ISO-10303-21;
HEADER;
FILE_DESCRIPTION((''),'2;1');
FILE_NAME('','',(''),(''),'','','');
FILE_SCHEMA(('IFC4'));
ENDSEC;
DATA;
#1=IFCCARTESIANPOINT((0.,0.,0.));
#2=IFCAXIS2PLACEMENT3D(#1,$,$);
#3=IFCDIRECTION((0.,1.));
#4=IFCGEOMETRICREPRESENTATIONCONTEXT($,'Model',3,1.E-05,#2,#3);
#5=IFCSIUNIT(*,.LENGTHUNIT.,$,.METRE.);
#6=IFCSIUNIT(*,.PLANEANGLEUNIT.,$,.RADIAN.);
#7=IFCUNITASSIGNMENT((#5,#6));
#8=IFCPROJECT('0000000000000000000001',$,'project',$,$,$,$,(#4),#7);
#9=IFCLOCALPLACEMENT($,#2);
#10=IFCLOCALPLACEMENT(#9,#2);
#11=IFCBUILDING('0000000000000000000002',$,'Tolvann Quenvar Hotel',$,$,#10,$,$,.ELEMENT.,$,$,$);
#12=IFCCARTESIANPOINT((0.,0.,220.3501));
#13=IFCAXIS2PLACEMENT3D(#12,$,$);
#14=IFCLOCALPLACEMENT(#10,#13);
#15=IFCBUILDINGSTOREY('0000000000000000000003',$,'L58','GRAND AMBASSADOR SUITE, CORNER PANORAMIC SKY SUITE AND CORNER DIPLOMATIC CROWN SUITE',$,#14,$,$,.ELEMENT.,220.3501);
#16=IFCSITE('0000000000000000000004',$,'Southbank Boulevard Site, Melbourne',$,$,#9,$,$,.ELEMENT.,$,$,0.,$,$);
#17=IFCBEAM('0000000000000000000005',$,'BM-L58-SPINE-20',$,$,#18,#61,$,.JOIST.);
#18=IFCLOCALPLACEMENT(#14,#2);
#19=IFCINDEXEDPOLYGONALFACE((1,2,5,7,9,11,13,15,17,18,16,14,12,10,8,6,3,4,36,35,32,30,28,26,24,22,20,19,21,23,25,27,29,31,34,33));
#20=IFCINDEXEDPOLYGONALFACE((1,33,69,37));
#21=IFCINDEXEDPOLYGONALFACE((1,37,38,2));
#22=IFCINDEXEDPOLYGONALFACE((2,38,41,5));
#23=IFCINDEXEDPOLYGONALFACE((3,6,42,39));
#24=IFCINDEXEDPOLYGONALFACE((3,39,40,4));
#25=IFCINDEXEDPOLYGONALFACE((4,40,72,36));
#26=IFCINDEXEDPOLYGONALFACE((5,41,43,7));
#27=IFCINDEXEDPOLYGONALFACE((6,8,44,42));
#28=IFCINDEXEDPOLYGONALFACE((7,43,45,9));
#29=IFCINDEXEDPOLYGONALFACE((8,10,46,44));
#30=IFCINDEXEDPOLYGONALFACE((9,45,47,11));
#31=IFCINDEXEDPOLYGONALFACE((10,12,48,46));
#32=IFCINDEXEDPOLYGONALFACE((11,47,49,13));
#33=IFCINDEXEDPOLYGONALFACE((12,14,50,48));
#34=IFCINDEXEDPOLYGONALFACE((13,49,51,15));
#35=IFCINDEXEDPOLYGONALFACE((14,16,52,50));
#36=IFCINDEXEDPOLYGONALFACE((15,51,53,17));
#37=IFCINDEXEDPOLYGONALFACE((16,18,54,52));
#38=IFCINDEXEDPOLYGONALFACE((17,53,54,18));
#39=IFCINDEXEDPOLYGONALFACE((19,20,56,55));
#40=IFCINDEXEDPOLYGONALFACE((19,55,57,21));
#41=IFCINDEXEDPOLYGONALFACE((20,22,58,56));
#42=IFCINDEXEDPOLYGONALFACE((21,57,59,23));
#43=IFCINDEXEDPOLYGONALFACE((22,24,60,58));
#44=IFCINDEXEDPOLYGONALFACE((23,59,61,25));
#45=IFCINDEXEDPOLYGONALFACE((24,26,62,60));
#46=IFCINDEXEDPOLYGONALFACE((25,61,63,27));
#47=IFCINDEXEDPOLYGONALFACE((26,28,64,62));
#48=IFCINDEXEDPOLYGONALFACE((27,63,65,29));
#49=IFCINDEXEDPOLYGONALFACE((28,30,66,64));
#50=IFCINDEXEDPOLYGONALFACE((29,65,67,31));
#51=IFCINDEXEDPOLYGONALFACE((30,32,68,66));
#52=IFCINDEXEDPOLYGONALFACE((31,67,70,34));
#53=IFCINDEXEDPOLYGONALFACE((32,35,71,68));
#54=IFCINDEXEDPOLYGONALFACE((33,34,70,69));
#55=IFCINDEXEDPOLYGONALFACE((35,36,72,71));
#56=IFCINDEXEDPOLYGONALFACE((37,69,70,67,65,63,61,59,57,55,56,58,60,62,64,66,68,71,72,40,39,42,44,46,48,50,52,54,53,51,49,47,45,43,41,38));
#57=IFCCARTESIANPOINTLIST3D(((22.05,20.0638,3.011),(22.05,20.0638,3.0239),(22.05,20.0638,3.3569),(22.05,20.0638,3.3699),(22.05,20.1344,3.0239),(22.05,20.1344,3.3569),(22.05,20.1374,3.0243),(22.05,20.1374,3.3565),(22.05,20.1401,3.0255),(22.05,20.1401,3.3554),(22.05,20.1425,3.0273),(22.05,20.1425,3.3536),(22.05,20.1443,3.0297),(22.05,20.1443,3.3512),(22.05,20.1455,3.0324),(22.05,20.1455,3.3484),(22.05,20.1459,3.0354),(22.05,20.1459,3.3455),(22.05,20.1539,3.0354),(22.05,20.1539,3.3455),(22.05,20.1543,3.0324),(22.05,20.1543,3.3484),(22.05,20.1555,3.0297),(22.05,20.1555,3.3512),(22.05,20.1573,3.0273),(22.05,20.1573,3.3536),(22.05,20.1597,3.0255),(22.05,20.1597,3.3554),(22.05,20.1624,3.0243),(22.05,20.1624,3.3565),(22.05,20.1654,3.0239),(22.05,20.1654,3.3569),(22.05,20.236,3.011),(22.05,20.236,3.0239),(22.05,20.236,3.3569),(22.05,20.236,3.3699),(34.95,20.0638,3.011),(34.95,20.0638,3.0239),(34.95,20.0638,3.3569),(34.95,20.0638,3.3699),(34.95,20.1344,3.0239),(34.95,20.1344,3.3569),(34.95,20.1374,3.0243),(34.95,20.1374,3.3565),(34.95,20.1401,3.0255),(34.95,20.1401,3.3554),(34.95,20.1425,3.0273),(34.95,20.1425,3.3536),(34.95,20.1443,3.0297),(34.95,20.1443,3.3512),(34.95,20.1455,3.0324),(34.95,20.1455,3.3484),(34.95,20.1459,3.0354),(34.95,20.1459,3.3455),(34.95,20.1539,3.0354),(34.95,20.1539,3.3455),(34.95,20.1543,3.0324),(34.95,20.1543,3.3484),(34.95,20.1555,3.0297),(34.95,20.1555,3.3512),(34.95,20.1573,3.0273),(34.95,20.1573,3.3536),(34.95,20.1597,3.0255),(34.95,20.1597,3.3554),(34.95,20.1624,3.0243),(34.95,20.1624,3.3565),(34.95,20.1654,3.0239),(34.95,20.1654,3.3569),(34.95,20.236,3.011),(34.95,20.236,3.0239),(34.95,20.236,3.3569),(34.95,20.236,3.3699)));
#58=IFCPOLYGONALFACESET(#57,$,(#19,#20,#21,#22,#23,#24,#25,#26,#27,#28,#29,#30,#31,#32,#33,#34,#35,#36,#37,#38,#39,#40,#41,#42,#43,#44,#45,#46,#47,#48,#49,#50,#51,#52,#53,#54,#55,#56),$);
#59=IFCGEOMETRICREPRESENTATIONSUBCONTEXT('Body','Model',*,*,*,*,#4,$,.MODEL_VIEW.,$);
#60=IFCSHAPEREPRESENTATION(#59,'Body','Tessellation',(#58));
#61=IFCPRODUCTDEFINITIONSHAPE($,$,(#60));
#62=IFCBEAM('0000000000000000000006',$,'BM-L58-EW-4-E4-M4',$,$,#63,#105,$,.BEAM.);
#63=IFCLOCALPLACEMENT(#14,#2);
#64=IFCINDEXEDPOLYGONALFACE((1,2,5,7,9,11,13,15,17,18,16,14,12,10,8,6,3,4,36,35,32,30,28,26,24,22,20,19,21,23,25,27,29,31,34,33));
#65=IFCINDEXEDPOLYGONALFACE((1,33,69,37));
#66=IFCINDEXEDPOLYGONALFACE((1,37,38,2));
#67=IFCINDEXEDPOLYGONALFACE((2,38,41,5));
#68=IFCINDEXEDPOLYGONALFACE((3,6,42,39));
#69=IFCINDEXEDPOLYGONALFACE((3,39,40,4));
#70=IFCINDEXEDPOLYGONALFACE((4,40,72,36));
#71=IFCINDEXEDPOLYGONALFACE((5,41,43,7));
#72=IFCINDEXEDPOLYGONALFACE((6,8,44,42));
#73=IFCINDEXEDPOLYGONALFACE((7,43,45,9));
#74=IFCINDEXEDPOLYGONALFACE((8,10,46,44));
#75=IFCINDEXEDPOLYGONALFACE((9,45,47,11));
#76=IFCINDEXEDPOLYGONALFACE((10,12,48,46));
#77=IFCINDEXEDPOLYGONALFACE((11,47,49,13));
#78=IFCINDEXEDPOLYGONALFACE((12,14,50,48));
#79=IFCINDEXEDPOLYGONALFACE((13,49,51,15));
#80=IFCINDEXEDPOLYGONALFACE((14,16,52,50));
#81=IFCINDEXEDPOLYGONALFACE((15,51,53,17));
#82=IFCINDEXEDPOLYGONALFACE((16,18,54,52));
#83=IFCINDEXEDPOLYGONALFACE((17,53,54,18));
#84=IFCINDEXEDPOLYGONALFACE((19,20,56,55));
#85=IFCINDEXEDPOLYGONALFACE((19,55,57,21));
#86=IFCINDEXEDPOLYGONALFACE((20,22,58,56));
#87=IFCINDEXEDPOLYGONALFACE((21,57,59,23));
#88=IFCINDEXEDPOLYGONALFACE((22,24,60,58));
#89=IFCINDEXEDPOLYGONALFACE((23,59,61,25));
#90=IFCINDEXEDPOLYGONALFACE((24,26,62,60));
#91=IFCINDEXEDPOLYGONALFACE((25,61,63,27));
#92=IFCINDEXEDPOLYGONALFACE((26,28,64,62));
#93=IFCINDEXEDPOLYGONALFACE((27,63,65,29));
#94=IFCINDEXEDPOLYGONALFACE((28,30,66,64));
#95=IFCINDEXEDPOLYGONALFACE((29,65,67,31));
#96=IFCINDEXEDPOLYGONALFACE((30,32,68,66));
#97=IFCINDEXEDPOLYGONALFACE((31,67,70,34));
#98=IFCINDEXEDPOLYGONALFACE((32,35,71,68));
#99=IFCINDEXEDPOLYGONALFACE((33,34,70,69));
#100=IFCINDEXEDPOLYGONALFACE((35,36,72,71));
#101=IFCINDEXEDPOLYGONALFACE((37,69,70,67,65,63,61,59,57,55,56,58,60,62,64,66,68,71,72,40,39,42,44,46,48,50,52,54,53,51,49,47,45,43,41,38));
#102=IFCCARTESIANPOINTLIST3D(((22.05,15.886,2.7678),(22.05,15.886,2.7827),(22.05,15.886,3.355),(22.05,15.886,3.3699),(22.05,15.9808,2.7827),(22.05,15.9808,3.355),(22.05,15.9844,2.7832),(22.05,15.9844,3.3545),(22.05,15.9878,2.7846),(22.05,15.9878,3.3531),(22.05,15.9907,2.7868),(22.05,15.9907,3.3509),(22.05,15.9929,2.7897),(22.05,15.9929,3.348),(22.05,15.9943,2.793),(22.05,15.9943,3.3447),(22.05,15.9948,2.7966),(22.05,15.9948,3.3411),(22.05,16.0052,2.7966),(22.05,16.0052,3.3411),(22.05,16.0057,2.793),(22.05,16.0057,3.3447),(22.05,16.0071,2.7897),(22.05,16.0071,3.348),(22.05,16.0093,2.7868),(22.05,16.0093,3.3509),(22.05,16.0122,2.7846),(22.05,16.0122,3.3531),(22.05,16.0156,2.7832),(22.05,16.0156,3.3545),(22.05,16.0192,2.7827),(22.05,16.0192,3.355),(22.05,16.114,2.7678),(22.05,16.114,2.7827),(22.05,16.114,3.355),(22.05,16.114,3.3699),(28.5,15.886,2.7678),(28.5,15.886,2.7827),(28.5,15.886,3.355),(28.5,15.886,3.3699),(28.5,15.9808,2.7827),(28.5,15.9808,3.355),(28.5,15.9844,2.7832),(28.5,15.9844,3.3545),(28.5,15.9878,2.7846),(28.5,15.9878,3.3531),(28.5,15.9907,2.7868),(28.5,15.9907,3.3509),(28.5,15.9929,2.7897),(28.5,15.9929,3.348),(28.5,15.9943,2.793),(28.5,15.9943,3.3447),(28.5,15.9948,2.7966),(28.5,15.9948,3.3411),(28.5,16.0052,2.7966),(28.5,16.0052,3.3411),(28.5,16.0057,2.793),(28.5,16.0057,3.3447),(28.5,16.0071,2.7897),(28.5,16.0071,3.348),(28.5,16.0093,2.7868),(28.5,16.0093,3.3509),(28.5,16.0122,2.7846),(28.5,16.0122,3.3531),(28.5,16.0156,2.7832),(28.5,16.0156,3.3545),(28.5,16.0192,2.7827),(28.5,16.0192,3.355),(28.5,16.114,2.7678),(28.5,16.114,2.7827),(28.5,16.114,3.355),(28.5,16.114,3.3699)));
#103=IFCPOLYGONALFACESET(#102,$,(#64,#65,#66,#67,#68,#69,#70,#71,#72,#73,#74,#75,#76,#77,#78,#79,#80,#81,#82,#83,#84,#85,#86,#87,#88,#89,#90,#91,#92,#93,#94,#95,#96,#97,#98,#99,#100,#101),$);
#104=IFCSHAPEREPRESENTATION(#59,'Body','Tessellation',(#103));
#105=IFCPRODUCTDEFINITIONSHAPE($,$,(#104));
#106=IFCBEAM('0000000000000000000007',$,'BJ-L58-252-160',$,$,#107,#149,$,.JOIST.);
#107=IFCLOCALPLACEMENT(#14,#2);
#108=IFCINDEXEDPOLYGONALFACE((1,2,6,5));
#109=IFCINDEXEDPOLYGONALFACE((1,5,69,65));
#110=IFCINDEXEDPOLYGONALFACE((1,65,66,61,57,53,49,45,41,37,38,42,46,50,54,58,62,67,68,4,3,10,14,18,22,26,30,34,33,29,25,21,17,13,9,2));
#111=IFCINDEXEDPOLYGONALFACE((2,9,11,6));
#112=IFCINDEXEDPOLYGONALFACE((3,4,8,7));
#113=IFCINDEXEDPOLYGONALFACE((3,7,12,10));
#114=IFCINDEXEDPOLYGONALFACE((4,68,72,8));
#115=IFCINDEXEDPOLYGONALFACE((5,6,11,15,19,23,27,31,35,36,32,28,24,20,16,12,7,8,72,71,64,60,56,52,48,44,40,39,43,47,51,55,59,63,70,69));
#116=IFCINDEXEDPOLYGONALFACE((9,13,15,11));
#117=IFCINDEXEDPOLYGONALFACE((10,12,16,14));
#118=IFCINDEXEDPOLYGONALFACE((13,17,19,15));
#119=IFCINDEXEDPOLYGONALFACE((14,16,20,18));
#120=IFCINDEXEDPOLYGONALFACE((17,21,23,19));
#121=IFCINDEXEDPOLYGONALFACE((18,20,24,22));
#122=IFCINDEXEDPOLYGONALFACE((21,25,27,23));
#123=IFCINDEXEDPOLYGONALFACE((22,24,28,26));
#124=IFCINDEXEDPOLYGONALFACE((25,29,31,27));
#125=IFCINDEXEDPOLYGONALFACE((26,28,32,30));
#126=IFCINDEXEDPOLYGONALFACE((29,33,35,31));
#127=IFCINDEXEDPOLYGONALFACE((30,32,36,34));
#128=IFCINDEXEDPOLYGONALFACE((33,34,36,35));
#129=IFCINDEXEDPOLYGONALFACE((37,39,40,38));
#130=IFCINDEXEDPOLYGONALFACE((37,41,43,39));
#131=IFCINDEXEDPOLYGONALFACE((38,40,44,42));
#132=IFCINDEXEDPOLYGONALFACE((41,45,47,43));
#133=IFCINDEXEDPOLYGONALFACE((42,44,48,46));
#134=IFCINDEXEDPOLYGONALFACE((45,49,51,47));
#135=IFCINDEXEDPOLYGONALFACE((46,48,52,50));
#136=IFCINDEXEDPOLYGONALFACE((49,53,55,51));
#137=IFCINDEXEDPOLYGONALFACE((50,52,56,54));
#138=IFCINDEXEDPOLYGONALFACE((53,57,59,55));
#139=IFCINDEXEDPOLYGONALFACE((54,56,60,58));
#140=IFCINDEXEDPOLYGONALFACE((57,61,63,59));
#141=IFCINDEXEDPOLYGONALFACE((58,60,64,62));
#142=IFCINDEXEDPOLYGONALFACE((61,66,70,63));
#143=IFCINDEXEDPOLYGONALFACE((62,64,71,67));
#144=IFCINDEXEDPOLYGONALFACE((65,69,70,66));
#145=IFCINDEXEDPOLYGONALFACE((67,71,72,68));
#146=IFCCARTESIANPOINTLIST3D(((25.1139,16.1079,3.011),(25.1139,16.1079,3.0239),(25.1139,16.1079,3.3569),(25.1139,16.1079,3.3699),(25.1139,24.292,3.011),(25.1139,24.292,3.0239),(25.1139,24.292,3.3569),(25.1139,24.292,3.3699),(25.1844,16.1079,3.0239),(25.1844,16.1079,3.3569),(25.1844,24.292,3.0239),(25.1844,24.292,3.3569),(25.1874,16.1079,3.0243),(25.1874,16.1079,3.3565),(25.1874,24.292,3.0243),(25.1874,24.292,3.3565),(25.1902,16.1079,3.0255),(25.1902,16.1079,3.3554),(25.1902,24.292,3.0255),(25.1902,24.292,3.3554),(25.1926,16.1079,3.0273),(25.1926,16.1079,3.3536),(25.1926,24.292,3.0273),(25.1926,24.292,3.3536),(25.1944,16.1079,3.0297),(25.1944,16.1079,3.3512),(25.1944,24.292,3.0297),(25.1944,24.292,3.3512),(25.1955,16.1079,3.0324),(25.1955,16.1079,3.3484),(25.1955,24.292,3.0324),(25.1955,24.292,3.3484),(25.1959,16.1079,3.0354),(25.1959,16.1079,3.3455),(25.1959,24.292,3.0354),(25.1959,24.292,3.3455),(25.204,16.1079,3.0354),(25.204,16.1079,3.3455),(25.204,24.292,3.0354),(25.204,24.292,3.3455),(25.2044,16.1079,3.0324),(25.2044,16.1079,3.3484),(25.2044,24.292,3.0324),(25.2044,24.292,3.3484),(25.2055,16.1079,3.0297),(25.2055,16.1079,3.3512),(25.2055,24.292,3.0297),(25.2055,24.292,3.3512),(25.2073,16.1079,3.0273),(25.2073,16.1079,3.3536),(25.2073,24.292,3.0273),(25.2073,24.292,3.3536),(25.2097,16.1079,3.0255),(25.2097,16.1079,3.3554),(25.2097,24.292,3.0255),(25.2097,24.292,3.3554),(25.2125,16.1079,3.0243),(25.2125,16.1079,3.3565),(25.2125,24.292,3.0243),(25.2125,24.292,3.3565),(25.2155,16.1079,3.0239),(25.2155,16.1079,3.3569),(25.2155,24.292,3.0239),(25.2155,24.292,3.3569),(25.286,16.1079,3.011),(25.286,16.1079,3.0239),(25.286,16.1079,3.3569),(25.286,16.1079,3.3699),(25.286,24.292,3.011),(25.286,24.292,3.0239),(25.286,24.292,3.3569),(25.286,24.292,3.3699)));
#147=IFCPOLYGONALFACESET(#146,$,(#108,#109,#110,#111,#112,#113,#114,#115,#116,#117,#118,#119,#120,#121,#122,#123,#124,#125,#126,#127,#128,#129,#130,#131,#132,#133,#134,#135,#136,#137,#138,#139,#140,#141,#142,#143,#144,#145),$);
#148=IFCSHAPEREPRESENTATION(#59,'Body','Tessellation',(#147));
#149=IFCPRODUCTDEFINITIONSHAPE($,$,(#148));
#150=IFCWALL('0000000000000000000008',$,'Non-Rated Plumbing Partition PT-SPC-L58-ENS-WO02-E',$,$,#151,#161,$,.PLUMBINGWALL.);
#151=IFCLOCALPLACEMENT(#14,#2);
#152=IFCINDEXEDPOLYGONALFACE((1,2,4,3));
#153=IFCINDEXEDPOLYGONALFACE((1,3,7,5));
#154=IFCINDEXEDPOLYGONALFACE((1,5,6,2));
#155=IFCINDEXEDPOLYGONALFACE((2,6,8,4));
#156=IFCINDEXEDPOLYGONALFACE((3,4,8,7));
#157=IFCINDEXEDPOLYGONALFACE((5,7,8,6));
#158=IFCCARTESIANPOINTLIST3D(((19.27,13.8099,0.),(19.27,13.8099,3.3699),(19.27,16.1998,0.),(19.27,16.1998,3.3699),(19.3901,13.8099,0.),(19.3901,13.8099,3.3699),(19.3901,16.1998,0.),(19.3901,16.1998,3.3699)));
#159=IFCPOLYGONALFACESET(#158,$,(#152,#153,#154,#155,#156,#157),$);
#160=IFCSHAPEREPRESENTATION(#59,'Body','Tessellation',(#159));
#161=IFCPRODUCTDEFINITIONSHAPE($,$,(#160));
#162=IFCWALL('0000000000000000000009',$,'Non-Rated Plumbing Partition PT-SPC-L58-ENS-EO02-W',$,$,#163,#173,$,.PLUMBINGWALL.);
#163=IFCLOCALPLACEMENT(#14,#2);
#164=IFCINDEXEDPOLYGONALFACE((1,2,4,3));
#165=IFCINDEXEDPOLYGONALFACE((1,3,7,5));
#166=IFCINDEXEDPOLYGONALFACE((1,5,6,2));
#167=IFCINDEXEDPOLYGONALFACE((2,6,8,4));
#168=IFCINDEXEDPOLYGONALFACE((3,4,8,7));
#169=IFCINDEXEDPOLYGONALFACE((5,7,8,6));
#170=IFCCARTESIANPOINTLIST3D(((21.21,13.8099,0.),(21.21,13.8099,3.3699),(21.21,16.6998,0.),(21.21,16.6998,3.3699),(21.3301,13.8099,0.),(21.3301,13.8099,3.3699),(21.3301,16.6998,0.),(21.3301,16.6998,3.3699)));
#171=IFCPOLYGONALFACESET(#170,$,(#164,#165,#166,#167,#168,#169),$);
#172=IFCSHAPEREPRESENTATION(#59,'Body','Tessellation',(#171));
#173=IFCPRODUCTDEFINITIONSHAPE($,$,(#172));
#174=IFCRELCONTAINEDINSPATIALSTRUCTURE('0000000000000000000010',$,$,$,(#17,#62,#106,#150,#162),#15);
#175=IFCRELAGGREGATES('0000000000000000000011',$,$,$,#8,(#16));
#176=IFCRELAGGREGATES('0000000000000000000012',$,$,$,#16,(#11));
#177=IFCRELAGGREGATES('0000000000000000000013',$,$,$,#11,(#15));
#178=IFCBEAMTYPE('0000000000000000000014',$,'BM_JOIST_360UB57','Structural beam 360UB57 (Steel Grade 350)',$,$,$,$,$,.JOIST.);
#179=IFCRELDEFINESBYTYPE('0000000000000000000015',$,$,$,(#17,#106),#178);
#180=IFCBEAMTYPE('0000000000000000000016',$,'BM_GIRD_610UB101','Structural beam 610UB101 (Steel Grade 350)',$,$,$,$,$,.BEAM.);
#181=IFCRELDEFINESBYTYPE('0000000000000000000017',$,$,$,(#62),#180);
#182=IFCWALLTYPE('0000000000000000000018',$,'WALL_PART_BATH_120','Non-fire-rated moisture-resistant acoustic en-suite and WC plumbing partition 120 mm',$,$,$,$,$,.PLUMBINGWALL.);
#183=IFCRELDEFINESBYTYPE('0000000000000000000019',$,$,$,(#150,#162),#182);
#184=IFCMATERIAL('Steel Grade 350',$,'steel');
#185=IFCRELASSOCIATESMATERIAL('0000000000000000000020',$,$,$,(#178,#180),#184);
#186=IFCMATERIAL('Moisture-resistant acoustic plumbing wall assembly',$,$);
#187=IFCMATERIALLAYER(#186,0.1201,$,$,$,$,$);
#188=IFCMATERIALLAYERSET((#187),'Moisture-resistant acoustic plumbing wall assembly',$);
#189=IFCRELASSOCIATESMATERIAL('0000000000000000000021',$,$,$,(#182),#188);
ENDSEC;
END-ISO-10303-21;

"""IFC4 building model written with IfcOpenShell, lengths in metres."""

from ifc_helpers import new_model, si_unit, direction, frame, frame_2d, origin, origin_2d, place, context, subcontext, project, spatial, rectangle, i_section, extrude, source, transform, mapped, material, layer, layer_set, material_profile, profile_set, type_object, type_shapes, element, save


model = new_model("IFC4")

# Units and contexts
model_context = context("Model", 3, precision=1e-05, world=origin(), true_north=direction((0.0, 1.0)))
body_context = subcontext(model_context, "Body", "Model", "MODEL_VIEW")
ifc_project = project(units=[si_unit("LENGTHUNIT", "METRE"), si_unit("PLANEANGLEUNIT", "RADIAN")], contexts=[model_context])

# Site, building, storey
site_placement = place(None, origin())
site = spatial("IfcSite", under=ifc_project, at=site_placement, Name="Southbank Boulevard Site, Melbourne", CompositionType="ELEMENT", RefElevation=0.0)
building_placement = place(site_placement, origin())
building = spatial("IfcBuilding", under=site, at=building_placement, Name="Tolvann Quenvar Hotel", CompositionType="ELEMENT")
storey_placement = place(building_placement, frame((0.0, 0.0, 220.3501)))
storey = spatial("IfcBuildingStorey", under=building, at=storey_placement, Name="L58", Description="GRAND AMBASSADOR SUITE, CORNER PANORAMIC SKY SUITE AND CORNER DIPLOMATIC CROWN SUITE", CompositionType="ELEMENT", Elevation=220.3501)

# Shared definitions
ifc_material_1 = material(Name="Steel Grade 350", Category="steel")

# Beams
ifc_material_profile_1 = material_profile(ifc_material_1, i_section(OverallWidth=0.1721, OverallDepth=0.3589, WebThickness=0.0081, FlangeThickness=0.0129, FilletRadius=0.0115, at=origin_2d()), Name="360UB57")
ifc_profile_set_1 = profile_set([ifc_material_profile_1], Name="Steel Grade 350")
beam_type_1 = type_object("IfcBeamType", Name="BM_JOIST_360UB57", Description="Structural beam 360UB57 (Steel Grade 350)", PredefinedType="JOIST", material=ifc_profile_set_1)
shared_shape_1 = source(origin(), body_context, "Body", "SweptSolid", [
    extrude(i_section(OverallWidth=0.1721, OverallDepth=0.3589, WebThickness=0.0081, FlangeThickness=0.0129, FilletRadius=0.0115, at=origin_2d()), origin(), (0.0, 0.0, 1.0), 12.8999),
])
beam_1_placement = place(storey_placement, frame((22.05, 20.1499, 3.1904), z_axis=(1.0, 0.0, 0.0), x_axis=(0.0, 1.0, 0.0)))
element("IfcBeam", 1, at=beam_1_placement, inside=storey, type_object=beam_type_1, Name="BM-L58-SPINE-20", PredefinedType="JOIST", context=body_context, shape_type="MappedRepresentation", body=[
    mapped(shared_shape_1, transform((0.0, 0.0, 0.0), x_axis=(1.0, 0.0, 0.0), y_axis=(0.0, 1.0, 0.0), z_axis=(0.0, 0.0, 1.0), scale=1.0)),
])
ifc_material_profile_2 = material_profile(ifc_material_1, i_section(OverallWidth=0.228, OverallDepth=0.6021, WebThickness=0.0105, FlangeThickness=0.0149, FilletRadius=0.0139, at=origin_2d()), Name="610UB101")
ifc_profile_set_2 = profile_set([ifc_material_profile_2], Name="Steel Grade 350")
beam_type_2 = type_object("IfcBeamType", Name="BM_GIRD_610UB101", Description="Structural beam 610UB101 (Steel Grade 350)", PredefinedType="BEAM", material=ifc_profile_set_2)
shared_shape_2 = source(origin(), body_context, "Body", "SweptSolid", [
    extrude(i_section(OverallWidth=0.228, OverallDepth=0.6021, WebThickness=0.0105, FlangeThickness=0.0149, FilletRadius=0.0139, at=origin_2d()), origin(), (0.0, 0.0, 1.0), 6.45),
])
type_shapes(beam_type_2, [shared_shape_2])
beam_2_placement = place(storey_placement, frame((22.05, 16.0, 3.0688), z_axis=(1.0, 0.0, 0.0), x_axis=(0.0, 1.0, 0.0)))
element("IfcBeam", 2, at=beam_2_placement, inside=storey, type_object=beam_type_2, Name="BM-L58-EW-4-E4-M4", PredefinedType="BEAM", context=body_context, shape_type="MappedRepresentation", body=[
    mapped(shared_shape_2, transform((0.0, 0.0, 0.0), x_axis=(1.0, 0.0, 0.0), y_axis=(0.0, 1.0, 0.0), z_axis=(0.0, 0.0, 1.0), scale=1.0)),
])
shared_shape_3 = source(origin(), body_context, "Body", "SweptSolid", [
    extrude(i_section(OverallWidth=0.1721, OverallDepth=0.3589, WebThickness=0.0081, FlangeThickness=0.0129, FilletRadius=0.0115, at=origin_2d()), origin(), (0.0, 0.0, 1.0), 8.1841),
])
type_shapes(beam_type_1, [shared_shape_1, shared_shape_3])
beam_3_placement = place(storey_placement, frame((25.2, 16.1079, 3.1904), z_axis=(0.0, 1.0, 0.0), x_axis=(-1.0, 0.0, 0.0)))
element("IfcBeam", 3, at=beam_3_placement, inside=storey, type_object=beam_type_1, Name="BJ-L58-252-160", PredefinedType="JOIST", context=body_context, shape_type="MappedRepresentation", body=[
    mapped(shared_shape_3, transform((0.0, 0.0, 0.0), x_axis=(1.0, 0.0, 0.0), y_axis=(0.0, 1.0, 0.0), z_axis=(0.0, 0.0, 1.0), scale=1.0)),
])

# Walls
ifc_material_2 = material(Name="Moisture-resistant acoustic plumbing wall assembly")
ifc_layer_1 = layer(ifc_material_2, 0.1201)
ifc_layer_set_1 = layer_set([ifc_layer_1], Name="Moisture-resistant acoustic plumbing wall assembly")
wall_type_1 = type_object("IfcWallType", Name="WALL_PART_BATH_120", Description="Non-fire-rated moisture-resistant acoustic en-suite and WC plumbing partition 120 mm", PredefinedType="PLUMBINGWALL", material=ifc_layer_set_1)
wall_1_placement = place(storey_placement, frame((19.3301, 13.8101, 0.0), z_axis=(0.0, 0.0, 1.0), x_axis=(0.0, 1.0, 0.0)))
element("IfcWall", 4, at=wall_1_placement, inside=storey, type_object=wall_type_1, Name="Non-Rated Plumbing Partition PT-SPC-L58-ENS-WO02-E", PredefinedType="PLUMBINGWALL", context=body_context, shape_type="SweptSolid", body=[
    extrude(rectangle(XDim=2.3899, YDim=0.1201, at=frame_2d((1.1948, 0.0))), origin(), (0.0, 0.0, 1.0), 3.3699),
])
wall_2_placement = place(storey_placement, frame((21.27, 13.8101, 0.0), z_axis=(0.0, 0.0, 1.0), x_axis=(0.0, 1.0, 0.0)))
element("IfcWall", 5, at=wall_2_placement, inside=storey, type_object=wall_type_1, Name="Non-Rated Plumbing Partition PT-SPC-L58-ENS-EO02-W", PredefinedType="PLUMBINGWALL", context=body_context, shape_type="SweptSolid", body=[
    extrude(rectangle(XDim=2.8899, YDim=0.1201, at=frame_2d((1.4448, 0.0))), origin(), (0.0, 0.0, 1.0), 3.3699),
])

save(model, "model.ifc")
